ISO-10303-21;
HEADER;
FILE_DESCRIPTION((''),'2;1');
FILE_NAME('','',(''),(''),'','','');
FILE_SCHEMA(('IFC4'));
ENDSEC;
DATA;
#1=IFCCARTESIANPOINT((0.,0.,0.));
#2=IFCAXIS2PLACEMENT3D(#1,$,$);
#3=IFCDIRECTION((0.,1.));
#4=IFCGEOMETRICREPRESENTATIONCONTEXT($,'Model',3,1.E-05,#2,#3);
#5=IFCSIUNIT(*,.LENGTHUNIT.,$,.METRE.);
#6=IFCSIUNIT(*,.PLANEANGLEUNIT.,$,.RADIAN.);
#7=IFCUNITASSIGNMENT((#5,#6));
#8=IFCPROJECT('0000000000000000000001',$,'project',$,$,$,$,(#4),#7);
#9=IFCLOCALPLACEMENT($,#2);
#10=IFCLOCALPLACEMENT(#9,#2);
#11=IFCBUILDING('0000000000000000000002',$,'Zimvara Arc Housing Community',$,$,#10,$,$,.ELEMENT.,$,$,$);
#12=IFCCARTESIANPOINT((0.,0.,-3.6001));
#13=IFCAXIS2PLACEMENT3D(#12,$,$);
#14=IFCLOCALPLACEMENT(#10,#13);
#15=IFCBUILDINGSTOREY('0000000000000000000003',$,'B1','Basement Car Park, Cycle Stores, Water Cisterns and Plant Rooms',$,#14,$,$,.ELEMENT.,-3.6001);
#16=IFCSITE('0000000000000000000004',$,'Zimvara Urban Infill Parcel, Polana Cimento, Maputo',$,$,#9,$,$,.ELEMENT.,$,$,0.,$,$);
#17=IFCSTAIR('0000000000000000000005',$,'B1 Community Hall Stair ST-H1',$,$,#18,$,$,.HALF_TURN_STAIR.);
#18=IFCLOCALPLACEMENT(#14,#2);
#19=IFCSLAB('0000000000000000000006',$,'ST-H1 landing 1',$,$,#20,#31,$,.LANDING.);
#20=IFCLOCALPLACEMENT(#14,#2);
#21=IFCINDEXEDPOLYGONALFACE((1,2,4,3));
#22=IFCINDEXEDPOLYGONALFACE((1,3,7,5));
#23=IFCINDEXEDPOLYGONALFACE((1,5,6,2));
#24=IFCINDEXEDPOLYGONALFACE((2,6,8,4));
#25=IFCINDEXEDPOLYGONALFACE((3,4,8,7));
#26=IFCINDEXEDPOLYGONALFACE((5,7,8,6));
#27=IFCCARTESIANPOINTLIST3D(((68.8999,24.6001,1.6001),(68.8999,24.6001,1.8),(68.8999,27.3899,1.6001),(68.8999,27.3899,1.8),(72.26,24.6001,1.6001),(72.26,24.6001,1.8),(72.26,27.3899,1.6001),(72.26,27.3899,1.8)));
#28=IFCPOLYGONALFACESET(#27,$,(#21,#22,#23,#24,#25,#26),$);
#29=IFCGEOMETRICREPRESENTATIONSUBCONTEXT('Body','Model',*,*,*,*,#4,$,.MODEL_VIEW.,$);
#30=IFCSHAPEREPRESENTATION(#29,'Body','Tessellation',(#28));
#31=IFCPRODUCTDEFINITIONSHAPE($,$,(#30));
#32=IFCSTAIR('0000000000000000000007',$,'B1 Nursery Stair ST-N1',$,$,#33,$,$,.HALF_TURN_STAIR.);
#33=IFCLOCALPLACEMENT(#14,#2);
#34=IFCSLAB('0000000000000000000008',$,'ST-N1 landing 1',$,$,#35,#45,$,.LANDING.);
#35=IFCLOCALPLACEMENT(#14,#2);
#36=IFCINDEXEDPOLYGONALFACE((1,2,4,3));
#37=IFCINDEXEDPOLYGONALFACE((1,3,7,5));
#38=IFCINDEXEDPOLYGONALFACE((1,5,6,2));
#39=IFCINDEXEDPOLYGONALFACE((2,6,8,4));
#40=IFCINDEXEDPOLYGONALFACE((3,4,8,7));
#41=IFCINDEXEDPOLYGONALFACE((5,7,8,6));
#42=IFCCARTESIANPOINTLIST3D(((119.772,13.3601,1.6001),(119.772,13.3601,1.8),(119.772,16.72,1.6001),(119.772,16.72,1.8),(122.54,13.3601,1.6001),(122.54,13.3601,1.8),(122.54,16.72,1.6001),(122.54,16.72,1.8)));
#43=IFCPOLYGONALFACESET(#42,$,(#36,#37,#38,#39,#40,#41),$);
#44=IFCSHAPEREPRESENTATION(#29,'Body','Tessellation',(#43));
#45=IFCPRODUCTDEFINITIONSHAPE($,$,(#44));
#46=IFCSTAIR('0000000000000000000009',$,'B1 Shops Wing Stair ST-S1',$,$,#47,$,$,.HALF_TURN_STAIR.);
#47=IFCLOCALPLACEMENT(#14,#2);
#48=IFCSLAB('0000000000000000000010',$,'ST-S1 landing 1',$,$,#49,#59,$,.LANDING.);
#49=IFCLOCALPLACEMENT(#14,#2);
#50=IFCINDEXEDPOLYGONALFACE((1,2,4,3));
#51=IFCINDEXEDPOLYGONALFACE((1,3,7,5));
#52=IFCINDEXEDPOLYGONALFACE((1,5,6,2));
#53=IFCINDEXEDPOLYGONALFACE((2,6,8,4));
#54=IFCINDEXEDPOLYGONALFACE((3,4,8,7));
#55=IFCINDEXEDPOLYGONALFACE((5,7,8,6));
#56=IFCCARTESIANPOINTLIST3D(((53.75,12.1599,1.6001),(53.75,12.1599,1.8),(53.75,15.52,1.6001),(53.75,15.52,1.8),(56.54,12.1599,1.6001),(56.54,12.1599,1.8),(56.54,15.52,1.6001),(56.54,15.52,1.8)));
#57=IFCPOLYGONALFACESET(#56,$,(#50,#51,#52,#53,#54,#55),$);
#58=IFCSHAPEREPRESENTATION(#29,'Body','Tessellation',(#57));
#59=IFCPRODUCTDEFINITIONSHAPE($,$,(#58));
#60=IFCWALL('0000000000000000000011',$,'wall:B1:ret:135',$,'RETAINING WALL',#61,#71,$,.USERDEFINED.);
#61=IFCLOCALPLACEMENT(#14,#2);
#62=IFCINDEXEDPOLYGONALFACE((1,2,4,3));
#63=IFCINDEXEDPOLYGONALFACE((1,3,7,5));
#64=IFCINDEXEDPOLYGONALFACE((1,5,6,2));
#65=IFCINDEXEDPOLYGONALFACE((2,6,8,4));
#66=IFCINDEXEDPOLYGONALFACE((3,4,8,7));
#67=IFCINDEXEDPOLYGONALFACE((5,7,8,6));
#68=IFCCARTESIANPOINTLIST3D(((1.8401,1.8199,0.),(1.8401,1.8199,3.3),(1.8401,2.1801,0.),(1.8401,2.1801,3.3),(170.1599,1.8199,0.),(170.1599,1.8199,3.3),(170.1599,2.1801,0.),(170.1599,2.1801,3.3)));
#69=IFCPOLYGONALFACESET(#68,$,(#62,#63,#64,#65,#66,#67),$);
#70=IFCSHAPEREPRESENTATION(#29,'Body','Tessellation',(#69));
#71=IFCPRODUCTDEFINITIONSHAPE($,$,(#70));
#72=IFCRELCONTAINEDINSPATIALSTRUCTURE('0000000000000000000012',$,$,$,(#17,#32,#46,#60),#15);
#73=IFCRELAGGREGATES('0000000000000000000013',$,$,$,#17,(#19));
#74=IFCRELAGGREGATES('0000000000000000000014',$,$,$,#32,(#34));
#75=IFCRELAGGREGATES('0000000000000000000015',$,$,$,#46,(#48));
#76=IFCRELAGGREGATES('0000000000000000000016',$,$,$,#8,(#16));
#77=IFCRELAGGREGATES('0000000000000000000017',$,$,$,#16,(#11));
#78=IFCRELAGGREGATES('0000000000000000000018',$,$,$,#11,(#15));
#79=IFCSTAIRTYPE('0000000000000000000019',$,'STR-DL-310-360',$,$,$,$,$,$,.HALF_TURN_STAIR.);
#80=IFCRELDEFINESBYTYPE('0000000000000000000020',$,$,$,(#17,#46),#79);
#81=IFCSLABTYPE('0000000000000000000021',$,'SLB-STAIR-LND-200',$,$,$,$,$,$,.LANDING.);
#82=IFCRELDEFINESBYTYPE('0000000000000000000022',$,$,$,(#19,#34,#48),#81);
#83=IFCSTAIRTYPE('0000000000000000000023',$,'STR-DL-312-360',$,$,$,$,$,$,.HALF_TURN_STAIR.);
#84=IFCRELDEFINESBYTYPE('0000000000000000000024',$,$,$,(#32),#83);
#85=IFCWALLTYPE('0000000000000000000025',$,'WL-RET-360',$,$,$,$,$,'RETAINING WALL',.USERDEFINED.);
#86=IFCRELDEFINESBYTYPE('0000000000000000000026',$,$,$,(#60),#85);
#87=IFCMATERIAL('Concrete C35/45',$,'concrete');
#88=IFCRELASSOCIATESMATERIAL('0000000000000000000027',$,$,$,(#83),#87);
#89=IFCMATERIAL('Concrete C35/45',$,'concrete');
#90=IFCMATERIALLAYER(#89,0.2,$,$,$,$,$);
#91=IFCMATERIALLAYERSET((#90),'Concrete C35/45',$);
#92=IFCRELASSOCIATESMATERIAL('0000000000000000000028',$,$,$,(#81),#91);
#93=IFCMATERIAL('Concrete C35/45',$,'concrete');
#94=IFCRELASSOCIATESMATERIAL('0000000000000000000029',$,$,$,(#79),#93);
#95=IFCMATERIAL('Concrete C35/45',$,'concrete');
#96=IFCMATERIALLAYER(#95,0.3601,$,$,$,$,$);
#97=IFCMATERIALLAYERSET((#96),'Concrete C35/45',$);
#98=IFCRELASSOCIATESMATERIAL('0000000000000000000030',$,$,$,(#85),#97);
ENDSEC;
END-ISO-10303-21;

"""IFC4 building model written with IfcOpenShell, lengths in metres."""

from ifc_helpers import new_model, si_unit, direction, frame, frame_2d, origin, place, context, subcontext, project, spatial, polyline, rectangle, outline, extrude, material, layer, layer_set, type_object, element, aggregate, save


model = new_model("IFC4")

# Units and contexts
model_context = context("Model", 3, precision=1e-05, world=origin(), true_north=direction((0.0, 1.0)))
body_context = subcontext(model_context, "Body", "Model", "MODEL_VIEW")
ifc_project = project(units=[si_unit("LENGTHUNIT", "METRE"), si_unit("PLANEANGLEUNIT", "RADIAN")], contexts=[model_context])

# Site, building, storey
site_placement = place(None, origin())
site = spatial("IfcSite", under=ifc_project, at=site_placement, Name="Zimvara Urban Infill Parcel, Polana Cimento, Maputo", CompositionType="ELEMENT", RefElevation=0.0)
building_placement = place(site_placement, origin())
building = spatial("IfcBuilding", under=site, at=building_placement, Name="Zimvara Arc Housing Community", CompositionType="ELEMENT")
storey_placement = place(building_placement, frame((0.0, 0.0, -3.6001)))
storey = spatial("IfcBuildingStorey", under=building, at=storey_placement, Name="B1", Description="Basement Car Park, Cycle Stores, Water Cisterns and Plant Rooms", CompositionType="ELEMENT", Elevation=-3.6001)

# Stairs, slabs
ifc_material_1 = material(Name="Concrete C35/45", Category="concrete")
stair_type_1 = type_object("IfcStairType", Name="STR-DL-312-360", PredefinedType="HALF_TURN_STAIR", material=ifc_material_1)
ifc_material_2 = material(Name="Concrete C35/45", Category="concrete")
ifc_layer_1 = layer(ifc_material_2, 0.2)
ifc_layer_set_1 = layer_set([ifc_layer_1], Name="Concrete C35/45")
slab_type_1 = type_object("IfcSlabType", Name="SLB-STAIR-LND-200", PredefinedType="LANDING", material=ifc_layer_set_1)
ifc_material_3 = material(Name="Concrete C35/45", Category="concrete")
stair_type_2 = type_object("IfcStairType", Name="STR-DL-310-360", PredefinedType="HALF_TURN_STAIR", material=ifc_material_3)
stair_1_placement = place(storey_placement, origin())
stair_1 = element("IfcStair", 1, at=stair_1_placement, inside=storey, type_object=stair_type_2, Name="B1 Community Hall Stair ST-H1", PredefinedType="HALF_TURN_STAIR")
slab_1_placement = place(storey_placement, frame((0.0, 0.0, 1.6001)))
slab_1 = element("IfcSlab", 2, at=slab_1_placement, type_object=slab_type_1, Name="ST-H1 landing 1", PredefinedType="LANDING", context=body_context, shape_type="SweptSolid", body=[
    extrude(outline(polyline([(72.26, 24.6001), (72.26, 27.3899), (68.8999, 27.3899), (68.8999, 24.6001), (72.26, 24.6001)])), origin(), (0.0, 0.0, 1.0), 0.2),
])
aggregate(stair_1, [slab_1])
stair_2_placement = place(storey_placement, origin())
stair_2 = element("IfcStair", 3, at=stair_2_placement, inside=storey, type_object=stair_type_1, Name="B1 Nursery Stair ST-N1", PredefinedType="HALF_TURN_STAIR")
slab_2_placement = place(storey_placement, frame((0.0, 0.0, 1.6001)))
slab_2 = element("IfcSlab", 4, at=slab_2_placement, type_object=slab_type_1, Name="ST-N1 landing 1", PredefinedType="LANDING", context=body_context, shape_type="SweptSolid", body=[
    extrude(outline(polyline([(119.772, 13.3601), (122.54, 13.3601), (122.54, 16.72), (119.772, 16.72), (119.772, 13.3601)])), origin(), (0.0, 0.0, 1.0), 0.2),
])
aggregate(stair_2, [slab_2])
stair_3_placement = place(storey_placement, origin())
stair_3 = element("IfcStair", 5, at=stair_3_placement, inside=storey, type_object=stair_type_2, Name="B1 Shops Wing Stair ST-S1", PredefinedType="HALF_TURN_STAIR")
slab_3_placement = place(storey_placement, frame((0.0, 0.0, 1.6001)))
slab_3 = element("IfcSlab", 6, at=slab_3_placement, type_object=slab_type_1, Name="ST-S1 landing 1", PredefinedType="LANDING", context=body_context, shape_type="SweptSolid", body=[
    extrude(outline(polyline([(53.75, 12.1599), (56.54, 12.1599), (56.54, 15.52), (53.75, 15.52), (53.75, 12.1599)])), origin(), (0.0, 0.0, 1.0), 0.2),
])
aggregate(stair_3, [slab_3])

# Wall
ifc_material_4 = material(Name="Concrete C35/45", Category="concrete")
ifc_layer_2 = layer(ifc_material_4, 0.3601)
ifc_layer_set_2 = layer_set([ifc_layer_2], Name="Concrete C35/45")
wall_type = type_object("IfcWallType", Name="WL-RET-360", ElementType="RETAINING WALL", PredefinedType="USERDEFINED", material=ifc_layer_set_2)
wall_placement = place(storey_placement, frame((1.8401, 2.0, 0.0), z_axis=(0.0, 0.0, 1.0), x_axis=(1.0, 0.0, 0.0)))
element("IfcWall", 7, at=wall_placement, inside=storey, type_object=wall_type, Name="wall:B1:ret:135", ObjectType="RETAINING WALL", PredefinedType="USERDEFINED", context=body_context, shape_type="SweptSolid", body=[
    extrude(rectangle(XDim=168.3198, YDim=0.3601, at=frame_2d((84.1599, 0.0))), origin(), (0.0, 0.0, 1.0), 3.3),
])

save(model, "model.ifc")
